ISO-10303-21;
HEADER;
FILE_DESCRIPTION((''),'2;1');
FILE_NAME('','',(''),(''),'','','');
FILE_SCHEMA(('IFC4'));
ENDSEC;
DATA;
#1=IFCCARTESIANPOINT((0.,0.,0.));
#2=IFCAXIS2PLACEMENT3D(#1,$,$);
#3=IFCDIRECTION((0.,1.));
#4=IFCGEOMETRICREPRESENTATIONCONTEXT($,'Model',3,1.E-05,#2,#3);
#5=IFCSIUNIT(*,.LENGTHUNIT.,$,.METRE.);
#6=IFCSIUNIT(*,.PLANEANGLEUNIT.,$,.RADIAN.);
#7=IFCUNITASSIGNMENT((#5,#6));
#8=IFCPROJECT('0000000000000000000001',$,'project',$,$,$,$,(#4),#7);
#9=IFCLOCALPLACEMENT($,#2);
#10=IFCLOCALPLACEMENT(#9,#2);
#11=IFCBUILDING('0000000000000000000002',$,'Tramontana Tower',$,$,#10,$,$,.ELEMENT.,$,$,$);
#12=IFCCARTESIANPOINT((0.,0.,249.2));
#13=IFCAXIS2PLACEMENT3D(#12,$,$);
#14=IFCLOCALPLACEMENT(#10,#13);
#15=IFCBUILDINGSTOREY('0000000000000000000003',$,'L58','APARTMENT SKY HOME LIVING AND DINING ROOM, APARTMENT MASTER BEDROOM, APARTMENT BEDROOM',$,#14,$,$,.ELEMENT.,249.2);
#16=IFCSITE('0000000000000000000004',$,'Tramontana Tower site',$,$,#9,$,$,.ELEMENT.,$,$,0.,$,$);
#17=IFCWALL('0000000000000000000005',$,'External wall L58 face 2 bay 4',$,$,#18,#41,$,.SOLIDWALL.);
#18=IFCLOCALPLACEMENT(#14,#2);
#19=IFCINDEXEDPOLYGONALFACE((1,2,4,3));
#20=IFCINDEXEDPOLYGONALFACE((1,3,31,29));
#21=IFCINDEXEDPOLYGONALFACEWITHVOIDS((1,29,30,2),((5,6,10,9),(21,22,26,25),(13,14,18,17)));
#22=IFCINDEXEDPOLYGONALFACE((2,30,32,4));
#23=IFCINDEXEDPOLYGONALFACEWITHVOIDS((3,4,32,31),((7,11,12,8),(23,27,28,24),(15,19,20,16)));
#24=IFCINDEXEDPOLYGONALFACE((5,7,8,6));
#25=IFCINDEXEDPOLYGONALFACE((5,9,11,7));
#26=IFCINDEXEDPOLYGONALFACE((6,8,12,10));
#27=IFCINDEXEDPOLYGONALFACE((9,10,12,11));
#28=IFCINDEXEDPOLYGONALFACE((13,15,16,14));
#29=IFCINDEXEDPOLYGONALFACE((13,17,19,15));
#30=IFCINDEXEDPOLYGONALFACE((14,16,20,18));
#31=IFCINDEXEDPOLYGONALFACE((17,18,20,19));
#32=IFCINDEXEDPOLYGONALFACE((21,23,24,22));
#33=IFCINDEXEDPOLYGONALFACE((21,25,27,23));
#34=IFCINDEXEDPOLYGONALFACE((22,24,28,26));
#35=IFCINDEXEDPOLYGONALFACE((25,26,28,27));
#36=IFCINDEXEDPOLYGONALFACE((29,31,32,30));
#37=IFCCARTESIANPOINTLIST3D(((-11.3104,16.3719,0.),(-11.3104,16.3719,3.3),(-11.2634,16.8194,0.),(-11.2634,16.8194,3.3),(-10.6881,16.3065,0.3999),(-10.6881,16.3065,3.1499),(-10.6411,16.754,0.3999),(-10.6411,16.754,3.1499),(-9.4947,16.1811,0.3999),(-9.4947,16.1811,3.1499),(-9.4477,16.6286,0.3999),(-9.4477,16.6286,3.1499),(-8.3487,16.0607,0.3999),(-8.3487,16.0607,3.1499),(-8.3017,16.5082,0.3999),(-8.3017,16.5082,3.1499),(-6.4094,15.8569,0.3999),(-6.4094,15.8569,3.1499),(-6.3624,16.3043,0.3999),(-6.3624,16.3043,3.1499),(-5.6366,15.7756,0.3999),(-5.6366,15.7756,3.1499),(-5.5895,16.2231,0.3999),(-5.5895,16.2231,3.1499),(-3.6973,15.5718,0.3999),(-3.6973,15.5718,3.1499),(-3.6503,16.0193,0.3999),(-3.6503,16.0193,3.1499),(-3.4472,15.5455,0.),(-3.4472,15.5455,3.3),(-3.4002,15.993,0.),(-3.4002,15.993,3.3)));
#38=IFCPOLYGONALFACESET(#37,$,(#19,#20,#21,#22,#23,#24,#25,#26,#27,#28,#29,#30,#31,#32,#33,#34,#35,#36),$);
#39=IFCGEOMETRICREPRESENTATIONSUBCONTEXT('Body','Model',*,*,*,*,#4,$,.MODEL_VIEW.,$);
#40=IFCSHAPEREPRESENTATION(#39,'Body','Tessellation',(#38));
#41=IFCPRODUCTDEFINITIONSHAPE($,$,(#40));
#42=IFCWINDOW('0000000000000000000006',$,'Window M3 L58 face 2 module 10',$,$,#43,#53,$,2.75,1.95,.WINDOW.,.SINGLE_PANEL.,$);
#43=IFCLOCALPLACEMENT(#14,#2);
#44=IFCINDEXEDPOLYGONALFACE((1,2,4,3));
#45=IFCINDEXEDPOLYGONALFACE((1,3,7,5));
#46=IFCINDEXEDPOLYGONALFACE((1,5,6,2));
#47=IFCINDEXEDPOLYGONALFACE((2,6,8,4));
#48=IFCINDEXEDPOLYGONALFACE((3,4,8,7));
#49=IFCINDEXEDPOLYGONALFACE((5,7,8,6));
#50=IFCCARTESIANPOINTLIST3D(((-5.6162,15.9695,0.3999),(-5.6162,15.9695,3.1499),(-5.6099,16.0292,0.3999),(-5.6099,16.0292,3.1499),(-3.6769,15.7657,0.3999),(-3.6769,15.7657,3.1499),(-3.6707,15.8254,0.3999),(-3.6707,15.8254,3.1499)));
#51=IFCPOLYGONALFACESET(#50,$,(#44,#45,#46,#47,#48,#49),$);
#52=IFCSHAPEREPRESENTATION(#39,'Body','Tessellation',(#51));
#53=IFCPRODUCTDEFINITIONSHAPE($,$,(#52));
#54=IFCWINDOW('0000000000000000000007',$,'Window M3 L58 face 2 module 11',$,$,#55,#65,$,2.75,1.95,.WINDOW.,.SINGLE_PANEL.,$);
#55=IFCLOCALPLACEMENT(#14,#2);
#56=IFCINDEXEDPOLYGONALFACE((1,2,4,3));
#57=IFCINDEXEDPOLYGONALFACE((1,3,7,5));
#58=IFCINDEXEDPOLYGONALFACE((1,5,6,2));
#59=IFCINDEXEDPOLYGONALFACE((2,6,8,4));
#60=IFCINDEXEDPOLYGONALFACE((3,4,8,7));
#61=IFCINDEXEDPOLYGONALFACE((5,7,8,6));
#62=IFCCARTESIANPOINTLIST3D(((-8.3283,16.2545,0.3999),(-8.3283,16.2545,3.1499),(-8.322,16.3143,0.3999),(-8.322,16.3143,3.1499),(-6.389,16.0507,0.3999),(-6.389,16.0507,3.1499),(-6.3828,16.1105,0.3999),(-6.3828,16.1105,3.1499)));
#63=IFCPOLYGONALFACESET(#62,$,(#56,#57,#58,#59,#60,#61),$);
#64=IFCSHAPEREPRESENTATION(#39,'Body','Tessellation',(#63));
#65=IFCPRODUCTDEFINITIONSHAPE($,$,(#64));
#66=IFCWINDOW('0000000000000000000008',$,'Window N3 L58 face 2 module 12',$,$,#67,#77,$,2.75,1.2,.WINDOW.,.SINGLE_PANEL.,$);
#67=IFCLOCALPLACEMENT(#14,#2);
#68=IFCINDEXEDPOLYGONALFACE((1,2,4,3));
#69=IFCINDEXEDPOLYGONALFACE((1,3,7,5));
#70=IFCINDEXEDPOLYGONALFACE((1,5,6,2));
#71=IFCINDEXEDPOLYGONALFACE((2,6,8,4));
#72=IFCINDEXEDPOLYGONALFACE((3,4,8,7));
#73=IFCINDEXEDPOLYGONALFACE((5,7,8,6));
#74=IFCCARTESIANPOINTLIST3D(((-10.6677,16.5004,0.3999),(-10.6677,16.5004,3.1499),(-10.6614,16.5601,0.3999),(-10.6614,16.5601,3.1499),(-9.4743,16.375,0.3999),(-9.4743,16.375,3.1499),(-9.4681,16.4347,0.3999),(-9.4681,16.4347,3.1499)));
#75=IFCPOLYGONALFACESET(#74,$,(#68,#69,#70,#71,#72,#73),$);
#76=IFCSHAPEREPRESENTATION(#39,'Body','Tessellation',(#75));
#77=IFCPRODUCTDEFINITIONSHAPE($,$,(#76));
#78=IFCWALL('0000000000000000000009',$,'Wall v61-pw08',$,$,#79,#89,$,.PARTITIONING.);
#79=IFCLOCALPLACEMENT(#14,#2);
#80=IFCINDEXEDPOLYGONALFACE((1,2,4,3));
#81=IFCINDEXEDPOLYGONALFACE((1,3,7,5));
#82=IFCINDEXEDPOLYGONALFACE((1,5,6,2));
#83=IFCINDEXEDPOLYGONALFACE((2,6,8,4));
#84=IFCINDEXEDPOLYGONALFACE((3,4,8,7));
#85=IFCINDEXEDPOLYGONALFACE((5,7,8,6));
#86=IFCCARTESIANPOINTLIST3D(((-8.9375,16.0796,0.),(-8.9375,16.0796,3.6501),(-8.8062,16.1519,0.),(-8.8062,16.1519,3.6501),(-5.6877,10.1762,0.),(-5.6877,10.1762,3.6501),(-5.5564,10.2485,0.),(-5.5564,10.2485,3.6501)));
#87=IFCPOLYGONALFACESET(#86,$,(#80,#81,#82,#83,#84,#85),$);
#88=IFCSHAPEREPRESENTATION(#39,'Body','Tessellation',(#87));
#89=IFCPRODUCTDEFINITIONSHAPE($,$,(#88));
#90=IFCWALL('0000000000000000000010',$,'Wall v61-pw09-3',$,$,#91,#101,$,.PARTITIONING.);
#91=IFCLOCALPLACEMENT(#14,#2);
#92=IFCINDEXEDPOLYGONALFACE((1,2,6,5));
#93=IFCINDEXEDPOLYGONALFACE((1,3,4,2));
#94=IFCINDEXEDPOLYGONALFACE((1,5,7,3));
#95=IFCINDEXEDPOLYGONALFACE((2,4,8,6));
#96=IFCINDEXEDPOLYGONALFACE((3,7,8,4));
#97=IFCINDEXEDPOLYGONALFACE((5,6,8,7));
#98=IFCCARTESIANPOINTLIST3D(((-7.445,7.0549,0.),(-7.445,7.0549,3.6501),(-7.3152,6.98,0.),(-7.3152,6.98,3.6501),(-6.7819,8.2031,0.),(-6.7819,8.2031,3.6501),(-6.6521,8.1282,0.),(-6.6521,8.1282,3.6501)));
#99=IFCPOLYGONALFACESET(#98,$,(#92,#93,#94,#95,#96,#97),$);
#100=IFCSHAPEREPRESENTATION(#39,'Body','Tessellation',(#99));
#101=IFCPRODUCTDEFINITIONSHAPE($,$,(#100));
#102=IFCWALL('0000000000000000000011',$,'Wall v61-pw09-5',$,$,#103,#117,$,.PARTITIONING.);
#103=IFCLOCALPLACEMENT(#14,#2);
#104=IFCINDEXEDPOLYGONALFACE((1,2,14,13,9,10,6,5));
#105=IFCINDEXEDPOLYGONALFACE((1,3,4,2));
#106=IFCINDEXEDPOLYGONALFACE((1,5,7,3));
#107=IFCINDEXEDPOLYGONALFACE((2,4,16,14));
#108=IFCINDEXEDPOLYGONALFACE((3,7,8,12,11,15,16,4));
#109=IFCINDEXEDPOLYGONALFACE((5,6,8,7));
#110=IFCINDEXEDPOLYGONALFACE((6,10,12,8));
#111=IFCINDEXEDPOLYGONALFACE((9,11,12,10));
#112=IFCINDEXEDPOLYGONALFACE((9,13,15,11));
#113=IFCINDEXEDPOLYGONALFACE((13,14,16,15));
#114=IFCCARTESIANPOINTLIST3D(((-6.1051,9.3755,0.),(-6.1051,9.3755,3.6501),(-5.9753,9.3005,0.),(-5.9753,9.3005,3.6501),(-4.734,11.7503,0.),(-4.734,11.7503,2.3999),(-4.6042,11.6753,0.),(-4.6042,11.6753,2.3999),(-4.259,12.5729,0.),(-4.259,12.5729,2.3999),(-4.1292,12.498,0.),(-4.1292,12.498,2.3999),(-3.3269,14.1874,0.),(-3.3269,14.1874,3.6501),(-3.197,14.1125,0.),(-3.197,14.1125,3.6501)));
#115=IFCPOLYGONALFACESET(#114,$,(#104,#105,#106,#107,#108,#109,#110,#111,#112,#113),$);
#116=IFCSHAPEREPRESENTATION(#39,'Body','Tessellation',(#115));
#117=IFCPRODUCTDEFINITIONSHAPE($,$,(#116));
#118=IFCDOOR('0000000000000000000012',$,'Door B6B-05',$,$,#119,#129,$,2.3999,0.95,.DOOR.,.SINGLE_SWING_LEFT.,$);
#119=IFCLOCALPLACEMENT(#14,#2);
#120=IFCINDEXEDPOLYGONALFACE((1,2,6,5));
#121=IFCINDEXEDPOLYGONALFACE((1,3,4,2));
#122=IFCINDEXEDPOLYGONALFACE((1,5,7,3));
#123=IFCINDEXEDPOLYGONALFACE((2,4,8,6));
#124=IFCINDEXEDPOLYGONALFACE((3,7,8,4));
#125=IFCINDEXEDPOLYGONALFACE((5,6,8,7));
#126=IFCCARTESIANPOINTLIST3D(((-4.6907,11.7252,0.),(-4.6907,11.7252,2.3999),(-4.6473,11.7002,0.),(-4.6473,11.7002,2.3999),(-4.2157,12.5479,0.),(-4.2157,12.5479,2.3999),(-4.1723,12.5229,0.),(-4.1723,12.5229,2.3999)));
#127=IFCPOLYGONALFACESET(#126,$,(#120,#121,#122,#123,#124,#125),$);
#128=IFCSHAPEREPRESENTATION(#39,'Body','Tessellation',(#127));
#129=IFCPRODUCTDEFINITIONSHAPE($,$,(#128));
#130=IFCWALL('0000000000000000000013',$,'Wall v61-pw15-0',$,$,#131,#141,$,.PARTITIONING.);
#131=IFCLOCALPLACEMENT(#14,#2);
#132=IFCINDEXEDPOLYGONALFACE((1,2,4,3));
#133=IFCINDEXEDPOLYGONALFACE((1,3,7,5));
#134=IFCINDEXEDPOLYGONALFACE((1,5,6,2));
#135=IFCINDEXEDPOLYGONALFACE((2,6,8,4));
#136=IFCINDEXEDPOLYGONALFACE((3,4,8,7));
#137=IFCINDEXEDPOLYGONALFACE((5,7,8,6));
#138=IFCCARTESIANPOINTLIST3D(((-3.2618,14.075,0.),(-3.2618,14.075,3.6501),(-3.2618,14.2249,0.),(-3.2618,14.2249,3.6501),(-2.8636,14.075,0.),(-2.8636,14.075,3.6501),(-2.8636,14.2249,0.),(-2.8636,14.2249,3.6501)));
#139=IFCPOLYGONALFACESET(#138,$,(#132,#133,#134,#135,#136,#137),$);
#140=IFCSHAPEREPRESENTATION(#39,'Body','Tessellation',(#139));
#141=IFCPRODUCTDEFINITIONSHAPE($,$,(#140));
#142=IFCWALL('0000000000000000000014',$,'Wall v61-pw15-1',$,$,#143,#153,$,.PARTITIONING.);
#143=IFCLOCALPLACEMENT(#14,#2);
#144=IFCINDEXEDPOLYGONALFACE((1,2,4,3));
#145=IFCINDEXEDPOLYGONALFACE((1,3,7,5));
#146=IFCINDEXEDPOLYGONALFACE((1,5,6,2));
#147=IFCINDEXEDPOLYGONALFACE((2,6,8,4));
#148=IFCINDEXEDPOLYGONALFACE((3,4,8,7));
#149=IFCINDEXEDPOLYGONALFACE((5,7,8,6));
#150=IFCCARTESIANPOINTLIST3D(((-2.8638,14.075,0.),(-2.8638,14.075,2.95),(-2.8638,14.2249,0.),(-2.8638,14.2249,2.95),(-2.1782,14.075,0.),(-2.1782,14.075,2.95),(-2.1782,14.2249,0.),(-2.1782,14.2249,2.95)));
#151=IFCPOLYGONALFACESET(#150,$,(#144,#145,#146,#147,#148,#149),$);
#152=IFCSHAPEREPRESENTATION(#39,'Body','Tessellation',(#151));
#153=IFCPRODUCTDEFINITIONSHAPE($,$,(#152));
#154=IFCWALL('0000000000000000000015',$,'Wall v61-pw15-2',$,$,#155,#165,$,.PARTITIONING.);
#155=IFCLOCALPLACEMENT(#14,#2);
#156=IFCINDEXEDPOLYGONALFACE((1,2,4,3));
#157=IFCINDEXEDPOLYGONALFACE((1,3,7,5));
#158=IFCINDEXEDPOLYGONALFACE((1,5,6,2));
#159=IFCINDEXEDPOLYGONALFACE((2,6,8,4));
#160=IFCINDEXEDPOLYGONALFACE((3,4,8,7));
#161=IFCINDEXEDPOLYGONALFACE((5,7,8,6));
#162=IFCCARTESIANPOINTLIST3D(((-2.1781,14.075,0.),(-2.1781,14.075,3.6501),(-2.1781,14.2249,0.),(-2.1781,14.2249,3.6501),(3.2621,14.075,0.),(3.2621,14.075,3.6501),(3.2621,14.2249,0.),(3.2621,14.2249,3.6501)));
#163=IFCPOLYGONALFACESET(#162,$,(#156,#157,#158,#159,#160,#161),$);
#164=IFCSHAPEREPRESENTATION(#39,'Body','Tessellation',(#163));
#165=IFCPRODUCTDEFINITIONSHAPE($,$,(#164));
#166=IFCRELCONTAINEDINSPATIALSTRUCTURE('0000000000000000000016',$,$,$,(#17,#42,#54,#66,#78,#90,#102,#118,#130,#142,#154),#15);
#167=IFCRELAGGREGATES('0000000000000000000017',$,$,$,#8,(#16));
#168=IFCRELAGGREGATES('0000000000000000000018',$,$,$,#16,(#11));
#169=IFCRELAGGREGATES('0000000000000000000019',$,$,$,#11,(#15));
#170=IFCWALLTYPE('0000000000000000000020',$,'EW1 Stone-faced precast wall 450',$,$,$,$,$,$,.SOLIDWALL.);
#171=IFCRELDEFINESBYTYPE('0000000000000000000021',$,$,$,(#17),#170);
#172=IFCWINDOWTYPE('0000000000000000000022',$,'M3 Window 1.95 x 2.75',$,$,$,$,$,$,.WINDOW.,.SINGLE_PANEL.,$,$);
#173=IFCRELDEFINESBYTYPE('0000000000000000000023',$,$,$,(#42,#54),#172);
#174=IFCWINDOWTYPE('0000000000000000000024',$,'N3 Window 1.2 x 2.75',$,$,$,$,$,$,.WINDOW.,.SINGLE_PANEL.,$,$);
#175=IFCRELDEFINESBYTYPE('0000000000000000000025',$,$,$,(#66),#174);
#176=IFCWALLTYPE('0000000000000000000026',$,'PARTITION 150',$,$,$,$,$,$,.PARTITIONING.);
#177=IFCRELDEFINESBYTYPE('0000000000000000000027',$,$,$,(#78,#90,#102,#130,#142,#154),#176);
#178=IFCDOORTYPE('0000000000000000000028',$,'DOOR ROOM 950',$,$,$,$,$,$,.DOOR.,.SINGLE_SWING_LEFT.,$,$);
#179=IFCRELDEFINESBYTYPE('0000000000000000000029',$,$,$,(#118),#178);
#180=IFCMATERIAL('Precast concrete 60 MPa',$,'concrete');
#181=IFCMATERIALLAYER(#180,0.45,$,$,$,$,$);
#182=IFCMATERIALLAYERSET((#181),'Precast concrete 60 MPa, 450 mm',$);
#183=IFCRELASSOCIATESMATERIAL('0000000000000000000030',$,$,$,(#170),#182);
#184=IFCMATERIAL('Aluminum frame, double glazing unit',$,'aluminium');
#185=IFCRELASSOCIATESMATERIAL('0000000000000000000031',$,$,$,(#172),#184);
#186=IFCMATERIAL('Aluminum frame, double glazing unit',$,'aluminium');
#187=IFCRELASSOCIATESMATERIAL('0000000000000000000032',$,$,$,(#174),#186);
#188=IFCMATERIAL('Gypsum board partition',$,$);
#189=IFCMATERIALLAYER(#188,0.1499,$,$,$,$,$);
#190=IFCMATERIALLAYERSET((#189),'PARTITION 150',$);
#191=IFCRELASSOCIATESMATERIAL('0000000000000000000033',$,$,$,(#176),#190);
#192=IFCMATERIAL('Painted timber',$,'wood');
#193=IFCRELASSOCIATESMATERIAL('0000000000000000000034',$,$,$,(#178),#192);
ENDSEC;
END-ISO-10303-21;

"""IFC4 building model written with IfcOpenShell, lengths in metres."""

from ifc_helpers import new_model, si_unit, direction, frame, frame_2d, origin, place, context, subcontext, project, spatial, rectangle, extrude, material, layer, layer_set, type_object, element, fill, save


model = new_model("IFC4")

# Units and contexts
model_context = context("Model", 3, precision=1e-05, world=origin(), true_north=direction((0.0, 1.0)))
body_context = subcontext(model_context, "Body", "Model", "MODEL_VIEW")
ifc_project = project(units=[si_unit("LENGTHUNIT", "METRE"), si_unit("PLANEANGLEUNIT", "RADIAN")], contexts=[model_context])

# Site, building, storey
site_placement = place(None, origin())
site = spatial("IfcSite", under=ifc_project, at=site_placement, Name="Tramontana Tower site", CompositionType="ELEMENT", RefElevation=0.0)
building_placement = place(site_placement, origin())
building = spatial("IfcBuilding", under=site, at=building_placement, Name="Tramontana Tower", CompositionType="ELEMENT")
storey_placement = place(building_placement, frame((0.0, 0.0, 249.2)))
storey = spatial("IfcBuildingStorey", under=building, at=storey_placement, Name="L58", Description="APARTMENT SKY HOME LIVING AND DINING ROOM, APARTMENT MASTER BEDROOM, APARTMENT BEDROOM", CompositionType="ELEMENT", Elevation=249.2)

# Wall, openings, windows
ifc_material_1 = material(Name="Precast concrete 60 MPa", Category="concrete")
ifc_layer_1 = layer(ifc_material_1, 0.45)
ifc_layer_set_1 = layer_set([ifc_layer_1], Name="Precast concrete 60 MPa, 450 mm")
wall_type_1 = type_object("IfcWallType", Name="EW1 Stone-faced precast wall 450", PredefinedType="SOLIDWALL", material=ifc_layer_set_1)
wall_1_placement = place(storey_placement, frame((-3.4238, 15.7693, 0.0), z_axis=(0.0, 0.0, 1.0), x_axis=(-0.994523, 0.104522, 0.0)))
wall_1 = element("IfcWall", 1, at=wall_1_placement, inside=storey, type_object=wall_type_1, Name="External wall L58 face 2 bay 4", PredefinedType="SOLIDWALL", context=body_context, shape_type="SweptSolid", body=[
    extrude(rectangle(XDim=7.9065, YDim=0.45, at=frame_2d((3.9531, 0.0))), origin(), (0.0, 0.0, 1.0), 3.3),
])
opening_1_placement = place(wall_1_placement, frame((0.2512, 0.0, 0.3999)))
opening_1 = element("IfcOpeningElement", 2, at=opening_1_placement, cuts=wall_1, PredefinedType="OPENING", context=body_context, shape_type="SweptSolid", body=[
    extrude(rectangle(XDim=1.95, YDim=2.75, at=frame_2d((0.9751, 1.375))), frame((0.0, 0.2349, 0.0), z_axis=(0.0, -1.0, 0.0), x_axis=(1.0, 0.0, 0.0)), (0.0, 0.0, 1.0), 0.47),
])
opening_2_placement = place(wall_1_placement, frame((2.9783, 0.0, 0.3999)))
opening_2 = element("IfcOpeningElement", 3, at=opening_2_placement, cuts=wall_1, PredefinedType="OPENING", context=body_context, shape_type="SweptSolid", body=[
    extrude(rectangle(XDim=1.95, YDim=2.75, at=frame_2d((0.9751, 1.375))), frame((0.0, 0.2349, 0.0), z_axis=(0.0, -1.0, 0.0), x_axis=(1.0, 0.0, 0.0)), (0.0, 0.0, 1.0), 0.47),
])
opening_3_placement = place(wall_1_placement, frame((6.0806, 0.0, 0.3999)))
opening_3 = element("IfcOpeningElement", 4, at=opening_3_placement, cuts=wall_1, PredefinedType="OPENING", context=body_context, shape_type="SweptSolid", body=[
    extrude(rectangle(XDim=1.2, YDim=2.75, at=frame_2d((0.6001, 1.375))), frame((0.0, 0.2349, 0.0), z_axis=(0.0, -1.0, 0.0), x_axis=(1.0, 0.0, 0.0)), (0.0, 0.0, 1.0), 0.47),
])
ifc_material_2 = material(Name="Aluminum frame, double glazing unit", Category="aluminium")
window_type_1 = type_object("IfcWindowType", Name="M3 Window 1.95 x 2.75", PartitioningType="SINGLE_PANEL", PredefinedType="WINDOW", material=ifc_material_2)
window_1_placement = place(opening_1_placement, origin())
window_1 = element("IfcWindow", 5, at=window_1_placement, inside=storey, type_object=window_type_1, Name="Window M3 L58 face 2 module 10", OverallHeight=2.75, OverallWidth=1.95, PartitioningType="SINGLE_PANEL", PredefinedType="WINDOW", context=body_context, shape_type="SweptSolid", body=[
    extrude(rectangle(XDim=1.95, YDim=2.75, at=frame_2d((0.9751, 1.375))), frame((0.0, 0.03, 0.0), z_axis=(0.0, -1.0, 0.0), x_axis=(1.0, 0.0, 0.0)), (0.0, 0.0, 1.0), 0.0601),
])
fill(opening_1, window_1)
window_2_placement = place(opening_2_placement, origin())
window_2 = element("IfcWindow", 6, at=window_2_placement, inside=storey, type_object=window_type_1, Name="Window M3 L58 face 2 module 11", OverallHeight=2.75, OverallWidth=1.95, PartitioningType="SINGLE_PANEL", PredefinedType="WINDOW", context=body_context, shape_type="SweptSolid", body=[
    extrude(rectangle(XDim=1.95, YDim=2.75, at=frame_2d((0.9751, 1.375))), frame((0.0, 0.03, 0.0), z_axis=(0.0, -1.0, 0.0), x_axis=(1.0, 0.0, 0.0)), (0.0, 0.0, 1.0), 0.0601),
])
fill(opening_2, window_2)
ifc_material_3 = material(Name="Aluminum frame, double glazing unit", Category="aluminium")
window_type_2 = type_object("IfcWindowType", Name="N3 Window 1.2 x 2.75", PartitioningType="SINGLE_PANEL", PredefinedType="WINDOW", material=ifc_material_3)
window_3_placement = place(opening_3_placement, origin())
window_3 = element("IfcWindow", 7, at=window_3_placement, inside=storey, type_object=window_type_2, Name="Window N3 L58 face 2 module 12", OverallHeight=2.75, OverallWidth=1.2, PartitioningType="SINGLE_PANEL", PredefinedType="WINDOW", context=body_context, shape_type="SweptSolid", body=[
    extrude(rectangle(XDim=1.2, YDim=2.75, at=frame_2d((0.6001, 1.375))), frame((0.0, 0.03, 0.0), z_axis=(0.0, -1.0, 0.0), x_axis=(1.0, 0.0, 0.0)), (0.0, 0.0, 1.0), 0.0601),
])
fill(opening_3, window_3)

# Walls
ifc_material_4 = material(Name="Gypsum board partition")
ifc_layer_2 = layer(ifc_material_4, 0.1499)
ifc_layer_set_2 = layer_set([ifc_layer_2], Name="PARTITION 150")
wall_type_2 = type_object("IfcWallType", Name="PARTITION 150", PredefinedType="PARTITIONING", material=ifc_layer_set_2)
wall_2_placement = place(storey_placement, frame((-8.8718, 16.1157, 0.0), z_axis=(0.0, 0.0, 1.0), x_axis=(0.482253, -0.876032, 0.0)))
element("IfcWall", 8, at=wall_2_placement, inside=storey, type_object=wall_type_2, Name="Wall v61-pw08", PredefinedType="PARTITIONING", context=body_context, shape_type="SweptSolid", body=[
    extrude(rectangle(XDim=6.7388, YDim=0.1499, at=frame_2d((3.3694, 0.0))), origin(), (0.0, 0.0, 1.0), 3.6501),
])
wall_3_placement = place(storey_placement, frame((-7.3801, 7.0173, 0.0), z_axis=(0.0, 0.0, 1.0), x_axis=(0.5001, 0.865968, 0.0)))
element("IfcWall", 9, at=wall_3_placement, inside=storey, type_object=wall_type_2, Name="Wall v61-pw09-3", PredefinedType="PARTITIONING", context=body_context, shape_type="SweptSolid", body=[
    extrude(rectangle(XDim=1.3259, YDim=0.1499, at=frame_2d((0.6631, 0.0))), origin(), (0.0, 0.0, 1.0), 3.6501),
])

# Wall, opening, door
ifc_material_5 = material(Name="Painted timber", Category="wood")
door_type_1 = type_object("IfcDoorType", Name="DOOR ROOM 950", OperationType="SINGLE_SWING_LEFT", PredefinedType="DOOR", material=ifc_material_5)
wall_4_placement = place(storey_placement, frame((-6.0403, 9.3379, 0.0), z_axis=(0.0, 0.0, 1.0), x_axis=(0.500014, 0.866017, 0.0)))
wall_4 = element("IfcWall", 10, at=wall_4_placement, inside=storey, type_object=wall_type_2, Name="Wall v61-pw09-5", PredefinedType="PARTITIONING", context=body_context, shape_type="SweptSolid", body=[
    extrude(rectangle(XDim=5.5564, YDim=0.1499, at=frame_2d((2.7783, 0.0))), origin(), (0.0, 0.0, 1.0), 3.6501),
])
opening_4_placement = place(wall_4_placement, frame((2.7422, 0.0, 0.0)))
opening_4 = element("IfcOpeningElement", 11, at=opening_4_placement, cuts=wall_4, PredefinedType="OPENING", context=body_context, shape_type="SweptSolid", body=[
    extrude(rectangle(XDim=0.95, YDim=2.3999, at=frame_2d((0.4751, 1.2))), frame((0.0, 0.085, 0.0), z_axis=(0.0, -1.0, 0.0), x_axis=(1.0, 0.0, 0.0)), (0.0, 0.0, 1.0), 0.1699),
])
door_1_placement = place(opening_4_placement, origin())
door_1 = element("IfcDoor", 12, at=door_1_placement, inside=storey, type_object=door_type_1, Name="Door B6B-05", OperationType="SINGLE_SWING_LEFT", OverallHeight=2.3999, OverallWidth=0.95, PredefinedType="DOOR", context=body_context, shape_type="SweptSolid", body=[
    extrude(rectangle(XDim=0.95, YDim=2.3999, at=frame_2d((0.4751, 1.2))), frame((0.0, 0.0249, 0.0), z_axis=(0.0, -1.0, 0.0), x_axis=(1.0, 0.0, 0.0)), (0.0, 0.0, 1.0), 0.05),
])
fill(opening_4, door_1)

# Walls
wall_5_placement = place(storey_placement, frame((-3.262, 14.1499, 0.0), z_axis=(0.0, 0.0, 1.0), x_axis=(1.0, 0.0, 0.0)))
element("IfcWall", 13, at=wall_5_placement, inside=storey, type_object=wall_type_2, Name="Wall v61-pw15-0", PredefinedType="PARTITIONING", context=body_context, shape_type="SweptSolid", body=[
    extrude(rectangle(XDim=0.3982, YDim=0.1499, at=frame_2d((0.1992, 0.0))), origin(), (0.0, 0.0, 1.0), 3.6501),
])
wall_6_placement = place(storey_placement, frame((-2.8638, 14.1499, 0.0), z_axis=(0.0, 0.0, 1.0), x_axis=(1.0, 0.0, 0.0)))
element("IfcWall", 14, at=wall_6_placement, inside=storey, type_object=wall_type_2, Name="Wall v61-pw15-1", PredefinedType="PARTITIONING", context=body_context, shape_type="SweptSolid", body=[
    extrude(rectangle(XDim=0.6855, YDim=0.1499, at=frame_2d((0.3428, 0.0))), origin(), (0.0, 0.0, 1.0), 2.95),
])
wall_7_placement = place(storey_placement, frame((-2.1782, 14.1499, 0.0), z_axis=(0.0, 0.0, 1.0), x_axis=(1.0, 0.0, 0.0)))
element("IfcWall", 15, at=wall_7_placement, inside=storey, type_object=wall_type_2, Name="Wall v61-pw15-2", PredefinedType="PARTITIONING", context=body_context, shape_type="SweptSolid", body=[
    extrude(rectangle(XDim=5.4402, YDim=0.1499, at=frame_2d((2.7202, 0.0))), origin(), (0.0, 0.0, 1.0), 3.6501),
])

save(model, "model.ifc")
